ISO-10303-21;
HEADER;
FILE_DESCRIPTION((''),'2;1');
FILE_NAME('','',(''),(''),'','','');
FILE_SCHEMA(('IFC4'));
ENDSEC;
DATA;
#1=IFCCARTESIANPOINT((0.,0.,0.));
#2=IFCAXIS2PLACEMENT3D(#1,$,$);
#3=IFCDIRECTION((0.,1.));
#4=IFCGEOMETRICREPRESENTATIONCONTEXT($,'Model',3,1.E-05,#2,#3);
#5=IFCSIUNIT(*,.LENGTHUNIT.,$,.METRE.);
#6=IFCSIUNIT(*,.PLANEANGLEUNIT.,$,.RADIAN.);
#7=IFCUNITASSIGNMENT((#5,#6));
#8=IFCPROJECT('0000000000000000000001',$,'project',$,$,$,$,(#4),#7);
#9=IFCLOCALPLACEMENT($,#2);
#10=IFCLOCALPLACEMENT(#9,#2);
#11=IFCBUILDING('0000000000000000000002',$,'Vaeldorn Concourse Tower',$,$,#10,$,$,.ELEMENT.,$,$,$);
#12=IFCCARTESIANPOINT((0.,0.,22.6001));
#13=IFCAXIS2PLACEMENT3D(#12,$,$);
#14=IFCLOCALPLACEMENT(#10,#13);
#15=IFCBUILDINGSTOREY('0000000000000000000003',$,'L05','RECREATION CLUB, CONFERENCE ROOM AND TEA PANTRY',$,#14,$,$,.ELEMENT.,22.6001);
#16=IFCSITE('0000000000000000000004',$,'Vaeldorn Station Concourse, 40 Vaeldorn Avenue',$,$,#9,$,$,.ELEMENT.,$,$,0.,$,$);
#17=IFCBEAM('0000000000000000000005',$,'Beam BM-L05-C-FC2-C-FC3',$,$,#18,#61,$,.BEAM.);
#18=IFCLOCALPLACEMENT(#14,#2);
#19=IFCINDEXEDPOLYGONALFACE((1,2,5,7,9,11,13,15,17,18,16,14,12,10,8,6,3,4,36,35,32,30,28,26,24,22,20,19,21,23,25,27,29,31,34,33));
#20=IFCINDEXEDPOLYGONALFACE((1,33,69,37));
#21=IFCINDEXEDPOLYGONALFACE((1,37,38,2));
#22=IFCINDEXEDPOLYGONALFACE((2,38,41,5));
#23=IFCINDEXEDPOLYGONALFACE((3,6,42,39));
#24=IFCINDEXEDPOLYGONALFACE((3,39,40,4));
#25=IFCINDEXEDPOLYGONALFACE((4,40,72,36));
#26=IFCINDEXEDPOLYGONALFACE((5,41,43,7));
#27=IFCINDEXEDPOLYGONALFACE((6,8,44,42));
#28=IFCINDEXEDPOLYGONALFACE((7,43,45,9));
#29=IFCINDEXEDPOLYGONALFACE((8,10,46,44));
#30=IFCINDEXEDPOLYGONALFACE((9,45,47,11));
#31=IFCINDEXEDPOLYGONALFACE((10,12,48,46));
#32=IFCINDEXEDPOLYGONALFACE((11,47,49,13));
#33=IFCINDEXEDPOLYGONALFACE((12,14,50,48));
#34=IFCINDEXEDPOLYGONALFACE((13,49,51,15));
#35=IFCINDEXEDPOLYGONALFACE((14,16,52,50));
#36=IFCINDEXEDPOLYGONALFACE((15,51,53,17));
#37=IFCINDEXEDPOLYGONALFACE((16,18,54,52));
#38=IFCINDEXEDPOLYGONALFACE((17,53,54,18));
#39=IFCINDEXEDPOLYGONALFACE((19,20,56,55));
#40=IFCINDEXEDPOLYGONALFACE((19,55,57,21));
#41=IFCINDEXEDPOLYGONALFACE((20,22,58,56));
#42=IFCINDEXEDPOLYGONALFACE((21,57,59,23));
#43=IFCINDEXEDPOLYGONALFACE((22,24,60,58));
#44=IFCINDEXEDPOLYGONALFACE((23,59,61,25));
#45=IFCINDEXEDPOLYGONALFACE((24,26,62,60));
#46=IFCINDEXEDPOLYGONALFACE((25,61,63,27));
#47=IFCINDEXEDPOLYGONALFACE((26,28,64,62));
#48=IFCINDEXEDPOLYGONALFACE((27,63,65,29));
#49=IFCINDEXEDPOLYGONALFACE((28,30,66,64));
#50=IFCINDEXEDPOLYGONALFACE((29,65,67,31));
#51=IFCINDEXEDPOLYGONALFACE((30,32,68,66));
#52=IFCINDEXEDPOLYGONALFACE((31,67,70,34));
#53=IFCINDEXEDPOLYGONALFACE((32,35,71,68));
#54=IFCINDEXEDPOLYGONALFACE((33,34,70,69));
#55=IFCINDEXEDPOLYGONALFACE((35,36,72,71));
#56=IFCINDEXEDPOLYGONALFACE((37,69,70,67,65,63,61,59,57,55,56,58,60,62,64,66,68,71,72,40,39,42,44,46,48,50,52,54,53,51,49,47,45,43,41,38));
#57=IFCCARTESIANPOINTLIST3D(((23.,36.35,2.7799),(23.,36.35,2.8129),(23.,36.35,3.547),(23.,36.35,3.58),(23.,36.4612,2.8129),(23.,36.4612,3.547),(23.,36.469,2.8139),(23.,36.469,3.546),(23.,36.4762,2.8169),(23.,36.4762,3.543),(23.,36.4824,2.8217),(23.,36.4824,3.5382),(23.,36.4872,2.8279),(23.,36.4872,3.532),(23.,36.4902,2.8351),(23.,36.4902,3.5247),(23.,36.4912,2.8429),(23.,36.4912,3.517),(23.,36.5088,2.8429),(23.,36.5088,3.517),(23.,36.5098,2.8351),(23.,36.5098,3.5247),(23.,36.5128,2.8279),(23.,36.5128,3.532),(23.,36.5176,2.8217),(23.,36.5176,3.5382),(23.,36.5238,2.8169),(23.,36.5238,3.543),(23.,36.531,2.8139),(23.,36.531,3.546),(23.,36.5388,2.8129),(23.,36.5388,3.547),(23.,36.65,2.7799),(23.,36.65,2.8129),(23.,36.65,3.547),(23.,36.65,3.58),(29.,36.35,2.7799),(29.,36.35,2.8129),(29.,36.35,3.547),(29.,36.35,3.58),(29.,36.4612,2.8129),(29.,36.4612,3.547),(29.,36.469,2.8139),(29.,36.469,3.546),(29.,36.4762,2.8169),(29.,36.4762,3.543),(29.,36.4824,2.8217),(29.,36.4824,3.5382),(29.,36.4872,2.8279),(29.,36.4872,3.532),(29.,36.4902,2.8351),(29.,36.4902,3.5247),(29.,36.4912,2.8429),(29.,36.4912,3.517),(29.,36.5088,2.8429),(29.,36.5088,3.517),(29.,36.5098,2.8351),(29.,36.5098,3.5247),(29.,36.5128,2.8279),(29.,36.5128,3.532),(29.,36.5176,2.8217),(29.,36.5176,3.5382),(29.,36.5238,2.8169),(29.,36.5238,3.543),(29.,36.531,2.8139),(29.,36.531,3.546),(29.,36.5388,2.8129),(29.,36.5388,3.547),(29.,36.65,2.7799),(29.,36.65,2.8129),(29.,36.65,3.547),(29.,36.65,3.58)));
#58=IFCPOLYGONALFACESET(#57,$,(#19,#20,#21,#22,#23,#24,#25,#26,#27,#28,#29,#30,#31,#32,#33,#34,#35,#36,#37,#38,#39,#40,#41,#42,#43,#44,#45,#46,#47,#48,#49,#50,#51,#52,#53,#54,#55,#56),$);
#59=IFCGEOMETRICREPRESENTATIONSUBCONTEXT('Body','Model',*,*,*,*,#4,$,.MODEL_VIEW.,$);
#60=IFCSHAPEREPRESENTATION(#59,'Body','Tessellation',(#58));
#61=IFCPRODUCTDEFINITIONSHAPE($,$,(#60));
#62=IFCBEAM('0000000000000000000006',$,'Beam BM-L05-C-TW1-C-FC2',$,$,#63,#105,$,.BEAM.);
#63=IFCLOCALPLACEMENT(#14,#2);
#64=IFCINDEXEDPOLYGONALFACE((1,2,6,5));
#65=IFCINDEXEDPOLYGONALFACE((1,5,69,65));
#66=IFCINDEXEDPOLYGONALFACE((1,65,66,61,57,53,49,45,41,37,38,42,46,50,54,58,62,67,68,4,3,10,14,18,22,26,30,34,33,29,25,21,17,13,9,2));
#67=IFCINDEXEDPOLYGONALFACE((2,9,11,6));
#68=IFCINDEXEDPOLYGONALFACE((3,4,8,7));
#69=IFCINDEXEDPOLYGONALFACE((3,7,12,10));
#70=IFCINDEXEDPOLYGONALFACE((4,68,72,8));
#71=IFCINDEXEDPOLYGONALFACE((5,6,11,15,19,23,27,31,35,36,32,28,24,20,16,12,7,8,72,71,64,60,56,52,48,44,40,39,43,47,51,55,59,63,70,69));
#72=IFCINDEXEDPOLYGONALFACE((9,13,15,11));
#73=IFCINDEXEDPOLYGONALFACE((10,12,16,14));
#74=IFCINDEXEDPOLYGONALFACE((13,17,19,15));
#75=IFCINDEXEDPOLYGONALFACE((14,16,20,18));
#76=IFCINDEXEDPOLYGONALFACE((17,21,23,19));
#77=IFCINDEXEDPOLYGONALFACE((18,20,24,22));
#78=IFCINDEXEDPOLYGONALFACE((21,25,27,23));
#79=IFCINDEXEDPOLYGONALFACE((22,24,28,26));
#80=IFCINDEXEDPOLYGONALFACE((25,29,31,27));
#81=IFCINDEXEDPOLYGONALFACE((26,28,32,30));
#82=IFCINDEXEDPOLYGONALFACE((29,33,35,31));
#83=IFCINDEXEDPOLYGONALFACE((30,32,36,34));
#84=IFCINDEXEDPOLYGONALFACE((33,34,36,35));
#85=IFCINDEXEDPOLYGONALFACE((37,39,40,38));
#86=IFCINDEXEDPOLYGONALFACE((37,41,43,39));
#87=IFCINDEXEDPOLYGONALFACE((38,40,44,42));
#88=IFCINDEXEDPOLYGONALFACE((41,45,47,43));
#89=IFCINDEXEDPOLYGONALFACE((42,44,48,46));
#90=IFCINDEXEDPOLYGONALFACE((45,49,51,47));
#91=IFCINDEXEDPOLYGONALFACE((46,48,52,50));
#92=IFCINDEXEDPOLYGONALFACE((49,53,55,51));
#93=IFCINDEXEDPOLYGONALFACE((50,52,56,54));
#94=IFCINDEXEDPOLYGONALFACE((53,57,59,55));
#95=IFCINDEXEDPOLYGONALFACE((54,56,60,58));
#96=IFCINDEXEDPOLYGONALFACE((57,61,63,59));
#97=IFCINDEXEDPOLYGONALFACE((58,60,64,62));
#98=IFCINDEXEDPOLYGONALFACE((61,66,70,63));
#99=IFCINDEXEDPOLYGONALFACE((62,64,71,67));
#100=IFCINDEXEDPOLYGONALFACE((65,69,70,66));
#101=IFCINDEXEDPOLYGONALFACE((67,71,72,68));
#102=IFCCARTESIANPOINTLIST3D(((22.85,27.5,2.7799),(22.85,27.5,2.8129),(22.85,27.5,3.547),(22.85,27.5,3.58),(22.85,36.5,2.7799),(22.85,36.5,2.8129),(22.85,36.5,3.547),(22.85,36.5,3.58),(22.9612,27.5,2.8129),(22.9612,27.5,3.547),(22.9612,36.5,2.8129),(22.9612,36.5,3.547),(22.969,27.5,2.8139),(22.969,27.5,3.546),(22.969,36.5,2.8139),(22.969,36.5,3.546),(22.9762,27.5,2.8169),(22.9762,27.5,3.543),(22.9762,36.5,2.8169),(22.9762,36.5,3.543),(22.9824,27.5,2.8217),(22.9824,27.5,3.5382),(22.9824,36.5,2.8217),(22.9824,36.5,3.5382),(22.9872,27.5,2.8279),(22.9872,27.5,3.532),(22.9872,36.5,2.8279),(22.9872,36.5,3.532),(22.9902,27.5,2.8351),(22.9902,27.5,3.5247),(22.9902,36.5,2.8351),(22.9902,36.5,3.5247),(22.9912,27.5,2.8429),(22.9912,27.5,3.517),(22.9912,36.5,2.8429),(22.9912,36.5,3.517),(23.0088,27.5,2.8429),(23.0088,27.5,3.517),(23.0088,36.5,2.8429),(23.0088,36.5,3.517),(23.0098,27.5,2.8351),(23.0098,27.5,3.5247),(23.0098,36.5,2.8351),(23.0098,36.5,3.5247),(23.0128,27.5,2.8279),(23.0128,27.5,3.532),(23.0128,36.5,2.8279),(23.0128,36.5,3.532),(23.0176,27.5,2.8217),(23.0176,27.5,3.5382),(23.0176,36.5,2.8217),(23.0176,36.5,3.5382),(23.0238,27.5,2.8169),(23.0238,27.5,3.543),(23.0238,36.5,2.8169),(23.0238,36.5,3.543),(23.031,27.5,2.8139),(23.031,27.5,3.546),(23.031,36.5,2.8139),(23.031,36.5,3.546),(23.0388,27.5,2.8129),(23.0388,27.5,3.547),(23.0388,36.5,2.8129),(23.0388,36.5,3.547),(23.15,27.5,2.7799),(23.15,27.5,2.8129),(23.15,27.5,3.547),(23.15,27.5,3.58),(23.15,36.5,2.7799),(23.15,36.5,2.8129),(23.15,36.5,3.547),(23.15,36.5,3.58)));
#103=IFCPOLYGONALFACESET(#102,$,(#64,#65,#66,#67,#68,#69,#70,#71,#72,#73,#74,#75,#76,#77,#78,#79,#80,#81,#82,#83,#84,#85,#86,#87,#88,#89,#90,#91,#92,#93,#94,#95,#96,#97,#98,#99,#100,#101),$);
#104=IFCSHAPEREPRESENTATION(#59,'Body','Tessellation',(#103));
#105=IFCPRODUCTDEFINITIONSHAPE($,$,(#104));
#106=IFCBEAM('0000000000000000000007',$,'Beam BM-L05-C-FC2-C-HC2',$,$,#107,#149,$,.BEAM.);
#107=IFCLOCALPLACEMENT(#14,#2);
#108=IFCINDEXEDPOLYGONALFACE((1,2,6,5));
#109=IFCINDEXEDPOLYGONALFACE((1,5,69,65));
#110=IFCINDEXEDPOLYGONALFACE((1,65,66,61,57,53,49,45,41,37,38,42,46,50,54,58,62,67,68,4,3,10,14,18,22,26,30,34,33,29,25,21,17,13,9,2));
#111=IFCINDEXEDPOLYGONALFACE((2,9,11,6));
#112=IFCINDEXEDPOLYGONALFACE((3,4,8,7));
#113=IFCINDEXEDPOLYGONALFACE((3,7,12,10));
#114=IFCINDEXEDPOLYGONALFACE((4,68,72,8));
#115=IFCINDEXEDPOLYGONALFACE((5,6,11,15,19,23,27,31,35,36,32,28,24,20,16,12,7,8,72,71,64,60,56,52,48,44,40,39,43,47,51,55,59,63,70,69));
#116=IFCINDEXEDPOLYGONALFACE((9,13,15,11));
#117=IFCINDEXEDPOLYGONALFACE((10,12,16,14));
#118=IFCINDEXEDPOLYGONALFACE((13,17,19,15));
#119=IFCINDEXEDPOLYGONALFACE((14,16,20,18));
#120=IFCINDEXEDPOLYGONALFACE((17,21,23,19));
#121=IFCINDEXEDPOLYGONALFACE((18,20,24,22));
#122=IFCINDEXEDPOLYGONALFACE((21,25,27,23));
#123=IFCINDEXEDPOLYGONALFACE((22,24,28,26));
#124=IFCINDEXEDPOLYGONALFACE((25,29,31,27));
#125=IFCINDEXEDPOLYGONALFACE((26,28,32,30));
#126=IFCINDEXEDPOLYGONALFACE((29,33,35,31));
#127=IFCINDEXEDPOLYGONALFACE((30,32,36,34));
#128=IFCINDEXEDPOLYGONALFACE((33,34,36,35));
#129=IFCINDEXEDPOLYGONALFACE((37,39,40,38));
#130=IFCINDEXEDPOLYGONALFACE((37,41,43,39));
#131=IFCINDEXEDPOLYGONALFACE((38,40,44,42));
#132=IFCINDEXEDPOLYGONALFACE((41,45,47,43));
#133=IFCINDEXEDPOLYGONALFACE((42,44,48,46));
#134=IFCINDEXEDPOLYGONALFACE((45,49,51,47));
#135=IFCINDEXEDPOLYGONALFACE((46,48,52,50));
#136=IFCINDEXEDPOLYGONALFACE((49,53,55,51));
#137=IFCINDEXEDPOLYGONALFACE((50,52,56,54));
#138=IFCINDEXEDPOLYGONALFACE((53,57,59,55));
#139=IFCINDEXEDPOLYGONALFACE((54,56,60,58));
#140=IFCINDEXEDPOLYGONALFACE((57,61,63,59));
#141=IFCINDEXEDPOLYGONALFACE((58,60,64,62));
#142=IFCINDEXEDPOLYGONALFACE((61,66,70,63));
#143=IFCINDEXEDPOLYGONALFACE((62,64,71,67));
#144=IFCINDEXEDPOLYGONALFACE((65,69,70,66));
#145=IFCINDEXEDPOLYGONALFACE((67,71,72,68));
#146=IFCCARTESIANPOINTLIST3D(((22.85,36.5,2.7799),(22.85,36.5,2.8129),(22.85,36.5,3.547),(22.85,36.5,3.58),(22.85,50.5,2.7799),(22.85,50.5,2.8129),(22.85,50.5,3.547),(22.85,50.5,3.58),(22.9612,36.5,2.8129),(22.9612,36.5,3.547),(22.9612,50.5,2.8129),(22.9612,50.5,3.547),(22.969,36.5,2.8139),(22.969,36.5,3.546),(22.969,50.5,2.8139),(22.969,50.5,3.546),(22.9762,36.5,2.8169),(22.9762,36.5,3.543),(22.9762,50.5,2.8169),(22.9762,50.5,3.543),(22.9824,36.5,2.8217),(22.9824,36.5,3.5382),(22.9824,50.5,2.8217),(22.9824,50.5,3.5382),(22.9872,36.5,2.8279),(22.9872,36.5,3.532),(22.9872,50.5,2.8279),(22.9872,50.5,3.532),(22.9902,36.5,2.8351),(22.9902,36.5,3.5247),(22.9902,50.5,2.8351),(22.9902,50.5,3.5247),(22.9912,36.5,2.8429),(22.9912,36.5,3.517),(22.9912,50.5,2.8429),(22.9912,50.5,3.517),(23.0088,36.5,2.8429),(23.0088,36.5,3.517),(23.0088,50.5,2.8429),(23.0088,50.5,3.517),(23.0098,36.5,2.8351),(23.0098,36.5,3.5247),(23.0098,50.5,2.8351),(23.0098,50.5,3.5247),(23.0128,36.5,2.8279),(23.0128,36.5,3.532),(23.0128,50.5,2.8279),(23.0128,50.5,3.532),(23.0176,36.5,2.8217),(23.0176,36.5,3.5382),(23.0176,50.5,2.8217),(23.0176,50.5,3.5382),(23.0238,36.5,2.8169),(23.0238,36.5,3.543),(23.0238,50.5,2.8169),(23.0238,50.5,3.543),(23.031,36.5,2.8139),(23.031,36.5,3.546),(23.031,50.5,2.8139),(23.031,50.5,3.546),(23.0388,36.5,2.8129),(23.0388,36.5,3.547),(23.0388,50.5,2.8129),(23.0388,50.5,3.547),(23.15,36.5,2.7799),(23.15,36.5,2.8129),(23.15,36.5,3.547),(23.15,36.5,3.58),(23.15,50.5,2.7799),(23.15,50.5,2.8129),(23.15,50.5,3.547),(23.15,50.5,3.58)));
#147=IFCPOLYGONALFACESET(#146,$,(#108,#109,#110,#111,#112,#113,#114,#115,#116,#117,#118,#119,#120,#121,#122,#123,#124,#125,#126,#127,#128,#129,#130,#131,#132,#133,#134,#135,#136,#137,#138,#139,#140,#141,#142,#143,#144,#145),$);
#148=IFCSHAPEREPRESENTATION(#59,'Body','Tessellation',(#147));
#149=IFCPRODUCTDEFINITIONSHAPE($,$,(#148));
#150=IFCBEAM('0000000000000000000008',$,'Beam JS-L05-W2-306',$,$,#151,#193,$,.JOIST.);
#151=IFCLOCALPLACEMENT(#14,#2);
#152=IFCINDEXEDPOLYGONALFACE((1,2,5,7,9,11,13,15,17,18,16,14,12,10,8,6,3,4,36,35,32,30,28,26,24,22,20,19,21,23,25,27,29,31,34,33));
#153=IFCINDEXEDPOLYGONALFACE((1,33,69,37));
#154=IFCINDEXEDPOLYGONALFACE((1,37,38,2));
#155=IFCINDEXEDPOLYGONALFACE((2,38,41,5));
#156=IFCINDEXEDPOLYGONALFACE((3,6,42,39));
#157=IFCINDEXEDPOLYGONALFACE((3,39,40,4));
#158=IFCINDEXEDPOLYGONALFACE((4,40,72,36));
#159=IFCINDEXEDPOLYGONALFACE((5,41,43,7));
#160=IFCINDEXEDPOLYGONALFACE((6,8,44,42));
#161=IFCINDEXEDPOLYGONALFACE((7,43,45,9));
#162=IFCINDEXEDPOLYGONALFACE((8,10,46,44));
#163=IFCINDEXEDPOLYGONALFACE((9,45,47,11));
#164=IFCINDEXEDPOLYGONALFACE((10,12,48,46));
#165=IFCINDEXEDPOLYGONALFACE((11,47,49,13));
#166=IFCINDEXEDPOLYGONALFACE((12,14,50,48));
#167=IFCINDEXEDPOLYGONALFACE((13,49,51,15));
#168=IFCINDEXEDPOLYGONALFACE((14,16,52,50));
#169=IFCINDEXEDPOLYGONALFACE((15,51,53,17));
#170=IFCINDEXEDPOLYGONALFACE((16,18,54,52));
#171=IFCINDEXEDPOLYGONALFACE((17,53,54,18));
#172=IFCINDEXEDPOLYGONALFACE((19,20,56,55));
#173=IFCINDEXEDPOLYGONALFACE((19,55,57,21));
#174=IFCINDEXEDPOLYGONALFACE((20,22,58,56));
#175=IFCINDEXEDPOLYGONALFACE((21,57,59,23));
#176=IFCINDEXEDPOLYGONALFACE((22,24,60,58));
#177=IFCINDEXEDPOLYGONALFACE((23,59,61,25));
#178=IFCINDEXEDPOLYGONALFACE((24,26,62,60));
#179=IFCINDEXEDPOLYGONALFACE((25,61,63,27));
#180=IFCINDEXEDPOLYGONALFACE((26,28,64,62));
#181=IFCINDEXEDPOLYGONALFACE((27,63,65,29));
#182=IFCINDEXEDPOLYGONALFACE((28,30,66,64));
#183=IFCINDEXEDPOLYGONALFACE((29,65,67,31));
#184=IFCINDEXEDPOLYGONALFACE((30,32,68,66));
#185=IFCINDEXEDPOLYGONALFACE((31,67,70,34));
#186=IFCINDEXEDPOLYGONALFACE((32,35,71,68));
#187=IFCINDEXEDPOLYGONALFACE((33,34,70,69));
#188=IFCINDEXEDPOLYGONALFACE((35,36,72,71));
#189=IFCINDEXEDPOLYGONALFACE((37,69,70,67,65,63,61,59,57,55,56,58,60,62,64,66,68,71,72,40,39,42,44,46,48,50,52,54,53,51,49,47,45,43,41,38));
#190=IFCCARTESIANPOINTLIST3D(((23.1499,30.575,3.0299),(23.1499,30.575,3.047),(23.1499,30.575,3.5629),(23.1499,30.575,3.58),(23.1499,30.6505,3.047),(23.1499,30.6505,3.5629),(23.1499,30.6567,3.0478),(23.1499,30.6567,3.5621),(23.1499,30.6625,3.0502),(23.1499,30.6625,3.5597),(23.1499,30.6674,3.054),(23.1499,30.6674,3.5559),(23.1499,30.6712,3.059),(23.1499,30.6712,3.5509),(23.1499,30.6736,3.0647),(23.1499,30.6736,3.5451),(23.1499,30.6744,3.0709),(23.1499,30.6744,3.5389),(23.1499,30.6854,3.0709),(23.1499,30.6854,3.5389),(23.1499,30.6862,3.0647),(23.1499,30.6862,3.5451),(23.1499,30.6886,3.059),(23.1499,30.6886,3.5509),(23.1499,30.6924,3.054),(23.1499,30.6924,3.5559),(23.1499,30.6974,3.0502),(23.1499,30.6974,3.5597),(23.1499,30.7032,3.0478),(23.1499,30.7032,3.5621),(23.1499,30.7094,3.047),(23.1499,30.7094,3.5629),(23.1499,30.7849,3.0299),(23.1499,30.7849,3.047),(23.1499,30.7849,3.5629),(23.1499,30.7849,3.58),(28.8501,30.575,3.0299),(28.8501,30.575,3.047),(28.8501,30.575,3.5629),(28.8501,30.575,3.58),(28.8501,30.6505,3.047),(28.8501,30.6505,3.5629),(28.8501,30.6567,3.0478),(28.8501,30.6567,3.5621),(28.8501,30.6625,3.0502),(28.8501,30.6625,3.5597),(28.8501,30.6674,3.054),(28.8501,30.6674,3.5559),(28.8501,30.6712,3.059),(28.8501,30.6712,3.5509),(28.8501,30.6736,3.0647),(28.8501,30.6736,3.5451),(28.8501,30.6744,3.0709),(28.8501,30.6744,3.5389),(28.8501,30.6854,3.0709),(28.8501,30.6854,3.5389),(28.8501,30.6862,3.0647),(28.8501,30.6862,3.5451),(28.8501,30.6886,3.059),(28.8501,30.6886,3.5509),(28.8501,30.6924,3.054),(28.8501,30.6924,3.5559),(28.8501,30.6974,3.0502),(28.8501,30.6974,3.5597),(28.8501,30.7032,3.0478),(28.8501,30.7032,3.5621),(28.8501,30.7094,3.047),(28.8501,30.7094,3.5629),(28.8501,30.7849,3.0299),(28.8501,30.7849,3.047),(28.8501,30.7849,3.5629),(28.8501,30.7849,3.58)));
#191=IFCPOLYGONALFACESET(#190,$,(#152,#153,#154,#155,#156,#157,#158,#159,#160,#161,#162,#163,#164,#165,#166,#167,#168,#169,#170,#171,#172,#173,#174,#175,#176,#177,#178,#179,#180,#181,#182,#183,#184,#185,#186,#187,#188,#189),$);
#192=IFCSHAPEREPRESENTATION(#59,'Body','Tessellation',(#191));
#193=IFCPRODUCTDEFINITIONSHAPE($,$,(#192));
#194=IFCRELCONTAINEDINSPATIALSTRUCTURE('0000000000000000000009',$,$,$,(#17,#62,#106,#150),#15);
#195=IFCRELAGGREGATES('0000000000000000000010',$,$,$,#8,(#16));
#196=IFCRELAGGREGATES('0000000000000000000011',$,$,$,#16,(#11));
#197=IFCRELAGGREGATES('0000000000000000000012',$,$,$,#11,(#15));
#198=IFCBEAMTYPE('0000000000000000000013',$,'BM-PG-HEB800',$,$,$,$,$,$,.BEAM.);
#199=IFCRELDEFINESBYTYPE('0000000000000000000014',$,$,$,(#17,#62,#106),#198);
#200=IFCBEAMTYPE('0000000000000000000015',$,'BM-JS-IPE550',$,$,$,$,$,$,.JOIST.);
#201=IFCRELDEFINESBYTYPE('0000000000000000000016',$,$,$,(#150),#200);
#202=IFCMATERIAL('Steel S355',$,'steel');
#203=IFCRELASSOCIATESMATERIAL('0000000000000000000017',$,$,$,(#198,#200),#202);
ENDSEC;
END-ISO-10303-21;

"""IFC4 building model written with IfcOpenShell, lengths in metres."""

from ifc_helpers import new_model, si_unit, direction, frame, origin, origin_2d, place, context, subcontext, project, spatial, i_section, extrude, source, transform, mapped, material, material_profile, profile_set, type_object, element, save


model = new_model("IFC4")

# Units and contexts
model_context = context("Model", 3, precision=1e-05, world=origin(), true_north=direction((0.0, 1.0)))
body_context = subcontext(model_context, "Body", "Model", "MODEL_VIEW")
ifc_project = project(units=[si_unit("LENGTHUNIT", "METRE"), si_unit("PLANEANGLEUNIT", "RADIAN")], contexts=[model_context])

# Site, building, storey
site_placement = place(None, origin())
site = spatial("IfcSite", under=ifc_project, at=site_placement, Name="Vaeldorn Station Concourse, 40 Vaeldorn Avenue", CompositionType="ELEMENT", RefElevation=0.0)
building_placement = place(site_placement, origin())
building = spatial("IfcBuilding", under=site, at=building_placement, Name="Vaeldorn Concourse Tower", CompositionType="ELEMENT")
storey_placement = place(building_placement, frame((0.0, 0.0, 22.6001)))
storey = spatial("IfcBuildingStorey", under=building, at=storey_placement, Name="L05", Description="RECREATION CLUB, CONFERENCE ROOM AND TEA PANTRY", CompositionType="ELEMENT", Elevation=22.6001)

# Beams
ifc_material_1 = material(Name="Steel S355", Category="steel")
ifc_material_profile_1 = material_profile(ifc_material_1, i_section(OverallWidth=0.3, OverallDepth=0.8, WebThickness=0.0176, FlangeThickness=0.033, FilletRadius=0.03, at=origin_2d()), Name="HEB 800")
ifc_profile_set_1 = profile_set([ifc_material_profile_1], Name="Steel S355")
beam_type_1 = type_object("IfcBeamType", Name="BM-PG-HEB800", PredefinedType="BEAM", material=ifc_profile_set_1)
shared_shape_1 = source(origin(), body_context, "Body", "SweptSolid", [
    extrude(i_section(OverallWidth=0.3, OverallDepth=0.8, WebThickness=0.0176, FlangeThickness=0.033, FilletRadius=0.03, at=origin_2d()), origin(), (0.0, 0.0, 1.0), 6.0),
])
beam_1_placement = place(storey_placement, frame((23.0, 36.5, 3.1799), z_axis=(1.0, 0.0, 0.0), x_axis=(0.0, 1.0, 0.0)))
element("IfcBeam", 1, at=beam_1_placement, inside=storey, type_object=beam_type_1, Name="Beam BM-L05-C-FC2-C-FC3", PredefinedType="BEAM", context=body_context, shape_type="MappedRepresentation", body=[
    mapped(shared_shape_1, transform((0.0, 0.0, 0.0), scale=1.0)),
])
shared_shape_2 = source(origin(), body_context, "Body", "SweptSolid", [
    extrude(i_section(OverallWidth=0.3, OverallDepth=0.8, WebThickness=0.0176, FlangeThickness=0.033, FilletRadius=0.03, at=origin_2d()), origin(), (0.0, 0.0, 1.0), 9.0),
])
beam_2_placement = place(storey_placement, frame((23.0, 27.5, 3.1799), z_axis=(0.0, 1.0, 0.0), x_axis=(-1.0, 0.0, 0.0)))
element("IfcBeam", 2, at=beam_2_placement, inside=storey, type_object=beam_type_1, Name="Beam BM-L05-C-TW1-C-FC2", PredefinedType="BEAM", context=body_context, shape_type="MappedRepresentation", body=[
    mapped(shared_shape_2, transform((0.0, 0.0, 0.0), scale=1.0)),
])
shared_shape_3 = source(origin(), body_context, "Body", "SweptSolid", [
    extrude(i_section(OverallWidth=0.3, OverallDepth=0.8, WebThickness=0.0176, FlangeThickness=0.033, FilletRadius=0.03, at=origin_2d()), origin(), (0.0, 0.0, 1.0), 14.0),
])
beam_3_placement = place(storey_placement, frame((23.0, 36.5, 3.1799), z_axis=(0.0, 1.0, 0.0), x_axis=(-1.0, 0.0, 0.0)))
element("IfcBeam", 3, at=beam_3_placement, inside=storey, type_object=beam_type_1, Name="Beam BM-L05-C-FC2-C-HC2", PredefinedType="BEAM", context=body_context, shape_type="MappedRepresentation", body=[
    mapped(shared_shape_3, transform((0.0, 0.0, 0.0), scale=1.0)),
])
ifc_material_profile_2 = material_profile(ifc_material_1, i_section(OverallWidth=0.21, OverallDepth=0.55, WebThickness=0.011, FlangeThickness=0.0171, FilletRadius=0.0239, at=origin_2d()), Name="IPE 550")
ifc_profile_set_2 = profile_set([ifc_material_profile_2], Name="Steel S355")
beam_type_2 = type_object("IfcBeamType", Name="BM-JS-IPE550", PredefinedType="JOIST", material=ifc_profile_set_2)
shared_shape_4 = source(origin(), body_context, "Body", "SweptSolid", [
    extrude(i_section(OverallWidth=0.21, OverallDepth=0.55, WebThickness=0.011, FlangeThickness=0.0171, FilletRadius=0.0239, at=origin_2d()), origin(), (0.0, 0.0, 1.0), 5.7002),
])
for number, where, z_axis, x_axis, name in (
    (4, (23.1499, 30.6799, 3.3049), (1.0, 0.0, 0.0), (0.0, 1.0, 0.0), "Beam JS-L05-W2-306"),
):
    element("IfcBeam", number, at=place(storey_placement, frame(where, z_axis=z_axis, x_axis=x_axis)), inside=storey, type_object=beam_type_2, Name=name, PredefinedType="JOIST", context=body_context, shape_type="MappedRepresentation", body=[
        mapped(shared_shape_4, transform((0.0, 0.0, 0.0), scale=1.0)),
    ])

save(model, "model.ifc")
